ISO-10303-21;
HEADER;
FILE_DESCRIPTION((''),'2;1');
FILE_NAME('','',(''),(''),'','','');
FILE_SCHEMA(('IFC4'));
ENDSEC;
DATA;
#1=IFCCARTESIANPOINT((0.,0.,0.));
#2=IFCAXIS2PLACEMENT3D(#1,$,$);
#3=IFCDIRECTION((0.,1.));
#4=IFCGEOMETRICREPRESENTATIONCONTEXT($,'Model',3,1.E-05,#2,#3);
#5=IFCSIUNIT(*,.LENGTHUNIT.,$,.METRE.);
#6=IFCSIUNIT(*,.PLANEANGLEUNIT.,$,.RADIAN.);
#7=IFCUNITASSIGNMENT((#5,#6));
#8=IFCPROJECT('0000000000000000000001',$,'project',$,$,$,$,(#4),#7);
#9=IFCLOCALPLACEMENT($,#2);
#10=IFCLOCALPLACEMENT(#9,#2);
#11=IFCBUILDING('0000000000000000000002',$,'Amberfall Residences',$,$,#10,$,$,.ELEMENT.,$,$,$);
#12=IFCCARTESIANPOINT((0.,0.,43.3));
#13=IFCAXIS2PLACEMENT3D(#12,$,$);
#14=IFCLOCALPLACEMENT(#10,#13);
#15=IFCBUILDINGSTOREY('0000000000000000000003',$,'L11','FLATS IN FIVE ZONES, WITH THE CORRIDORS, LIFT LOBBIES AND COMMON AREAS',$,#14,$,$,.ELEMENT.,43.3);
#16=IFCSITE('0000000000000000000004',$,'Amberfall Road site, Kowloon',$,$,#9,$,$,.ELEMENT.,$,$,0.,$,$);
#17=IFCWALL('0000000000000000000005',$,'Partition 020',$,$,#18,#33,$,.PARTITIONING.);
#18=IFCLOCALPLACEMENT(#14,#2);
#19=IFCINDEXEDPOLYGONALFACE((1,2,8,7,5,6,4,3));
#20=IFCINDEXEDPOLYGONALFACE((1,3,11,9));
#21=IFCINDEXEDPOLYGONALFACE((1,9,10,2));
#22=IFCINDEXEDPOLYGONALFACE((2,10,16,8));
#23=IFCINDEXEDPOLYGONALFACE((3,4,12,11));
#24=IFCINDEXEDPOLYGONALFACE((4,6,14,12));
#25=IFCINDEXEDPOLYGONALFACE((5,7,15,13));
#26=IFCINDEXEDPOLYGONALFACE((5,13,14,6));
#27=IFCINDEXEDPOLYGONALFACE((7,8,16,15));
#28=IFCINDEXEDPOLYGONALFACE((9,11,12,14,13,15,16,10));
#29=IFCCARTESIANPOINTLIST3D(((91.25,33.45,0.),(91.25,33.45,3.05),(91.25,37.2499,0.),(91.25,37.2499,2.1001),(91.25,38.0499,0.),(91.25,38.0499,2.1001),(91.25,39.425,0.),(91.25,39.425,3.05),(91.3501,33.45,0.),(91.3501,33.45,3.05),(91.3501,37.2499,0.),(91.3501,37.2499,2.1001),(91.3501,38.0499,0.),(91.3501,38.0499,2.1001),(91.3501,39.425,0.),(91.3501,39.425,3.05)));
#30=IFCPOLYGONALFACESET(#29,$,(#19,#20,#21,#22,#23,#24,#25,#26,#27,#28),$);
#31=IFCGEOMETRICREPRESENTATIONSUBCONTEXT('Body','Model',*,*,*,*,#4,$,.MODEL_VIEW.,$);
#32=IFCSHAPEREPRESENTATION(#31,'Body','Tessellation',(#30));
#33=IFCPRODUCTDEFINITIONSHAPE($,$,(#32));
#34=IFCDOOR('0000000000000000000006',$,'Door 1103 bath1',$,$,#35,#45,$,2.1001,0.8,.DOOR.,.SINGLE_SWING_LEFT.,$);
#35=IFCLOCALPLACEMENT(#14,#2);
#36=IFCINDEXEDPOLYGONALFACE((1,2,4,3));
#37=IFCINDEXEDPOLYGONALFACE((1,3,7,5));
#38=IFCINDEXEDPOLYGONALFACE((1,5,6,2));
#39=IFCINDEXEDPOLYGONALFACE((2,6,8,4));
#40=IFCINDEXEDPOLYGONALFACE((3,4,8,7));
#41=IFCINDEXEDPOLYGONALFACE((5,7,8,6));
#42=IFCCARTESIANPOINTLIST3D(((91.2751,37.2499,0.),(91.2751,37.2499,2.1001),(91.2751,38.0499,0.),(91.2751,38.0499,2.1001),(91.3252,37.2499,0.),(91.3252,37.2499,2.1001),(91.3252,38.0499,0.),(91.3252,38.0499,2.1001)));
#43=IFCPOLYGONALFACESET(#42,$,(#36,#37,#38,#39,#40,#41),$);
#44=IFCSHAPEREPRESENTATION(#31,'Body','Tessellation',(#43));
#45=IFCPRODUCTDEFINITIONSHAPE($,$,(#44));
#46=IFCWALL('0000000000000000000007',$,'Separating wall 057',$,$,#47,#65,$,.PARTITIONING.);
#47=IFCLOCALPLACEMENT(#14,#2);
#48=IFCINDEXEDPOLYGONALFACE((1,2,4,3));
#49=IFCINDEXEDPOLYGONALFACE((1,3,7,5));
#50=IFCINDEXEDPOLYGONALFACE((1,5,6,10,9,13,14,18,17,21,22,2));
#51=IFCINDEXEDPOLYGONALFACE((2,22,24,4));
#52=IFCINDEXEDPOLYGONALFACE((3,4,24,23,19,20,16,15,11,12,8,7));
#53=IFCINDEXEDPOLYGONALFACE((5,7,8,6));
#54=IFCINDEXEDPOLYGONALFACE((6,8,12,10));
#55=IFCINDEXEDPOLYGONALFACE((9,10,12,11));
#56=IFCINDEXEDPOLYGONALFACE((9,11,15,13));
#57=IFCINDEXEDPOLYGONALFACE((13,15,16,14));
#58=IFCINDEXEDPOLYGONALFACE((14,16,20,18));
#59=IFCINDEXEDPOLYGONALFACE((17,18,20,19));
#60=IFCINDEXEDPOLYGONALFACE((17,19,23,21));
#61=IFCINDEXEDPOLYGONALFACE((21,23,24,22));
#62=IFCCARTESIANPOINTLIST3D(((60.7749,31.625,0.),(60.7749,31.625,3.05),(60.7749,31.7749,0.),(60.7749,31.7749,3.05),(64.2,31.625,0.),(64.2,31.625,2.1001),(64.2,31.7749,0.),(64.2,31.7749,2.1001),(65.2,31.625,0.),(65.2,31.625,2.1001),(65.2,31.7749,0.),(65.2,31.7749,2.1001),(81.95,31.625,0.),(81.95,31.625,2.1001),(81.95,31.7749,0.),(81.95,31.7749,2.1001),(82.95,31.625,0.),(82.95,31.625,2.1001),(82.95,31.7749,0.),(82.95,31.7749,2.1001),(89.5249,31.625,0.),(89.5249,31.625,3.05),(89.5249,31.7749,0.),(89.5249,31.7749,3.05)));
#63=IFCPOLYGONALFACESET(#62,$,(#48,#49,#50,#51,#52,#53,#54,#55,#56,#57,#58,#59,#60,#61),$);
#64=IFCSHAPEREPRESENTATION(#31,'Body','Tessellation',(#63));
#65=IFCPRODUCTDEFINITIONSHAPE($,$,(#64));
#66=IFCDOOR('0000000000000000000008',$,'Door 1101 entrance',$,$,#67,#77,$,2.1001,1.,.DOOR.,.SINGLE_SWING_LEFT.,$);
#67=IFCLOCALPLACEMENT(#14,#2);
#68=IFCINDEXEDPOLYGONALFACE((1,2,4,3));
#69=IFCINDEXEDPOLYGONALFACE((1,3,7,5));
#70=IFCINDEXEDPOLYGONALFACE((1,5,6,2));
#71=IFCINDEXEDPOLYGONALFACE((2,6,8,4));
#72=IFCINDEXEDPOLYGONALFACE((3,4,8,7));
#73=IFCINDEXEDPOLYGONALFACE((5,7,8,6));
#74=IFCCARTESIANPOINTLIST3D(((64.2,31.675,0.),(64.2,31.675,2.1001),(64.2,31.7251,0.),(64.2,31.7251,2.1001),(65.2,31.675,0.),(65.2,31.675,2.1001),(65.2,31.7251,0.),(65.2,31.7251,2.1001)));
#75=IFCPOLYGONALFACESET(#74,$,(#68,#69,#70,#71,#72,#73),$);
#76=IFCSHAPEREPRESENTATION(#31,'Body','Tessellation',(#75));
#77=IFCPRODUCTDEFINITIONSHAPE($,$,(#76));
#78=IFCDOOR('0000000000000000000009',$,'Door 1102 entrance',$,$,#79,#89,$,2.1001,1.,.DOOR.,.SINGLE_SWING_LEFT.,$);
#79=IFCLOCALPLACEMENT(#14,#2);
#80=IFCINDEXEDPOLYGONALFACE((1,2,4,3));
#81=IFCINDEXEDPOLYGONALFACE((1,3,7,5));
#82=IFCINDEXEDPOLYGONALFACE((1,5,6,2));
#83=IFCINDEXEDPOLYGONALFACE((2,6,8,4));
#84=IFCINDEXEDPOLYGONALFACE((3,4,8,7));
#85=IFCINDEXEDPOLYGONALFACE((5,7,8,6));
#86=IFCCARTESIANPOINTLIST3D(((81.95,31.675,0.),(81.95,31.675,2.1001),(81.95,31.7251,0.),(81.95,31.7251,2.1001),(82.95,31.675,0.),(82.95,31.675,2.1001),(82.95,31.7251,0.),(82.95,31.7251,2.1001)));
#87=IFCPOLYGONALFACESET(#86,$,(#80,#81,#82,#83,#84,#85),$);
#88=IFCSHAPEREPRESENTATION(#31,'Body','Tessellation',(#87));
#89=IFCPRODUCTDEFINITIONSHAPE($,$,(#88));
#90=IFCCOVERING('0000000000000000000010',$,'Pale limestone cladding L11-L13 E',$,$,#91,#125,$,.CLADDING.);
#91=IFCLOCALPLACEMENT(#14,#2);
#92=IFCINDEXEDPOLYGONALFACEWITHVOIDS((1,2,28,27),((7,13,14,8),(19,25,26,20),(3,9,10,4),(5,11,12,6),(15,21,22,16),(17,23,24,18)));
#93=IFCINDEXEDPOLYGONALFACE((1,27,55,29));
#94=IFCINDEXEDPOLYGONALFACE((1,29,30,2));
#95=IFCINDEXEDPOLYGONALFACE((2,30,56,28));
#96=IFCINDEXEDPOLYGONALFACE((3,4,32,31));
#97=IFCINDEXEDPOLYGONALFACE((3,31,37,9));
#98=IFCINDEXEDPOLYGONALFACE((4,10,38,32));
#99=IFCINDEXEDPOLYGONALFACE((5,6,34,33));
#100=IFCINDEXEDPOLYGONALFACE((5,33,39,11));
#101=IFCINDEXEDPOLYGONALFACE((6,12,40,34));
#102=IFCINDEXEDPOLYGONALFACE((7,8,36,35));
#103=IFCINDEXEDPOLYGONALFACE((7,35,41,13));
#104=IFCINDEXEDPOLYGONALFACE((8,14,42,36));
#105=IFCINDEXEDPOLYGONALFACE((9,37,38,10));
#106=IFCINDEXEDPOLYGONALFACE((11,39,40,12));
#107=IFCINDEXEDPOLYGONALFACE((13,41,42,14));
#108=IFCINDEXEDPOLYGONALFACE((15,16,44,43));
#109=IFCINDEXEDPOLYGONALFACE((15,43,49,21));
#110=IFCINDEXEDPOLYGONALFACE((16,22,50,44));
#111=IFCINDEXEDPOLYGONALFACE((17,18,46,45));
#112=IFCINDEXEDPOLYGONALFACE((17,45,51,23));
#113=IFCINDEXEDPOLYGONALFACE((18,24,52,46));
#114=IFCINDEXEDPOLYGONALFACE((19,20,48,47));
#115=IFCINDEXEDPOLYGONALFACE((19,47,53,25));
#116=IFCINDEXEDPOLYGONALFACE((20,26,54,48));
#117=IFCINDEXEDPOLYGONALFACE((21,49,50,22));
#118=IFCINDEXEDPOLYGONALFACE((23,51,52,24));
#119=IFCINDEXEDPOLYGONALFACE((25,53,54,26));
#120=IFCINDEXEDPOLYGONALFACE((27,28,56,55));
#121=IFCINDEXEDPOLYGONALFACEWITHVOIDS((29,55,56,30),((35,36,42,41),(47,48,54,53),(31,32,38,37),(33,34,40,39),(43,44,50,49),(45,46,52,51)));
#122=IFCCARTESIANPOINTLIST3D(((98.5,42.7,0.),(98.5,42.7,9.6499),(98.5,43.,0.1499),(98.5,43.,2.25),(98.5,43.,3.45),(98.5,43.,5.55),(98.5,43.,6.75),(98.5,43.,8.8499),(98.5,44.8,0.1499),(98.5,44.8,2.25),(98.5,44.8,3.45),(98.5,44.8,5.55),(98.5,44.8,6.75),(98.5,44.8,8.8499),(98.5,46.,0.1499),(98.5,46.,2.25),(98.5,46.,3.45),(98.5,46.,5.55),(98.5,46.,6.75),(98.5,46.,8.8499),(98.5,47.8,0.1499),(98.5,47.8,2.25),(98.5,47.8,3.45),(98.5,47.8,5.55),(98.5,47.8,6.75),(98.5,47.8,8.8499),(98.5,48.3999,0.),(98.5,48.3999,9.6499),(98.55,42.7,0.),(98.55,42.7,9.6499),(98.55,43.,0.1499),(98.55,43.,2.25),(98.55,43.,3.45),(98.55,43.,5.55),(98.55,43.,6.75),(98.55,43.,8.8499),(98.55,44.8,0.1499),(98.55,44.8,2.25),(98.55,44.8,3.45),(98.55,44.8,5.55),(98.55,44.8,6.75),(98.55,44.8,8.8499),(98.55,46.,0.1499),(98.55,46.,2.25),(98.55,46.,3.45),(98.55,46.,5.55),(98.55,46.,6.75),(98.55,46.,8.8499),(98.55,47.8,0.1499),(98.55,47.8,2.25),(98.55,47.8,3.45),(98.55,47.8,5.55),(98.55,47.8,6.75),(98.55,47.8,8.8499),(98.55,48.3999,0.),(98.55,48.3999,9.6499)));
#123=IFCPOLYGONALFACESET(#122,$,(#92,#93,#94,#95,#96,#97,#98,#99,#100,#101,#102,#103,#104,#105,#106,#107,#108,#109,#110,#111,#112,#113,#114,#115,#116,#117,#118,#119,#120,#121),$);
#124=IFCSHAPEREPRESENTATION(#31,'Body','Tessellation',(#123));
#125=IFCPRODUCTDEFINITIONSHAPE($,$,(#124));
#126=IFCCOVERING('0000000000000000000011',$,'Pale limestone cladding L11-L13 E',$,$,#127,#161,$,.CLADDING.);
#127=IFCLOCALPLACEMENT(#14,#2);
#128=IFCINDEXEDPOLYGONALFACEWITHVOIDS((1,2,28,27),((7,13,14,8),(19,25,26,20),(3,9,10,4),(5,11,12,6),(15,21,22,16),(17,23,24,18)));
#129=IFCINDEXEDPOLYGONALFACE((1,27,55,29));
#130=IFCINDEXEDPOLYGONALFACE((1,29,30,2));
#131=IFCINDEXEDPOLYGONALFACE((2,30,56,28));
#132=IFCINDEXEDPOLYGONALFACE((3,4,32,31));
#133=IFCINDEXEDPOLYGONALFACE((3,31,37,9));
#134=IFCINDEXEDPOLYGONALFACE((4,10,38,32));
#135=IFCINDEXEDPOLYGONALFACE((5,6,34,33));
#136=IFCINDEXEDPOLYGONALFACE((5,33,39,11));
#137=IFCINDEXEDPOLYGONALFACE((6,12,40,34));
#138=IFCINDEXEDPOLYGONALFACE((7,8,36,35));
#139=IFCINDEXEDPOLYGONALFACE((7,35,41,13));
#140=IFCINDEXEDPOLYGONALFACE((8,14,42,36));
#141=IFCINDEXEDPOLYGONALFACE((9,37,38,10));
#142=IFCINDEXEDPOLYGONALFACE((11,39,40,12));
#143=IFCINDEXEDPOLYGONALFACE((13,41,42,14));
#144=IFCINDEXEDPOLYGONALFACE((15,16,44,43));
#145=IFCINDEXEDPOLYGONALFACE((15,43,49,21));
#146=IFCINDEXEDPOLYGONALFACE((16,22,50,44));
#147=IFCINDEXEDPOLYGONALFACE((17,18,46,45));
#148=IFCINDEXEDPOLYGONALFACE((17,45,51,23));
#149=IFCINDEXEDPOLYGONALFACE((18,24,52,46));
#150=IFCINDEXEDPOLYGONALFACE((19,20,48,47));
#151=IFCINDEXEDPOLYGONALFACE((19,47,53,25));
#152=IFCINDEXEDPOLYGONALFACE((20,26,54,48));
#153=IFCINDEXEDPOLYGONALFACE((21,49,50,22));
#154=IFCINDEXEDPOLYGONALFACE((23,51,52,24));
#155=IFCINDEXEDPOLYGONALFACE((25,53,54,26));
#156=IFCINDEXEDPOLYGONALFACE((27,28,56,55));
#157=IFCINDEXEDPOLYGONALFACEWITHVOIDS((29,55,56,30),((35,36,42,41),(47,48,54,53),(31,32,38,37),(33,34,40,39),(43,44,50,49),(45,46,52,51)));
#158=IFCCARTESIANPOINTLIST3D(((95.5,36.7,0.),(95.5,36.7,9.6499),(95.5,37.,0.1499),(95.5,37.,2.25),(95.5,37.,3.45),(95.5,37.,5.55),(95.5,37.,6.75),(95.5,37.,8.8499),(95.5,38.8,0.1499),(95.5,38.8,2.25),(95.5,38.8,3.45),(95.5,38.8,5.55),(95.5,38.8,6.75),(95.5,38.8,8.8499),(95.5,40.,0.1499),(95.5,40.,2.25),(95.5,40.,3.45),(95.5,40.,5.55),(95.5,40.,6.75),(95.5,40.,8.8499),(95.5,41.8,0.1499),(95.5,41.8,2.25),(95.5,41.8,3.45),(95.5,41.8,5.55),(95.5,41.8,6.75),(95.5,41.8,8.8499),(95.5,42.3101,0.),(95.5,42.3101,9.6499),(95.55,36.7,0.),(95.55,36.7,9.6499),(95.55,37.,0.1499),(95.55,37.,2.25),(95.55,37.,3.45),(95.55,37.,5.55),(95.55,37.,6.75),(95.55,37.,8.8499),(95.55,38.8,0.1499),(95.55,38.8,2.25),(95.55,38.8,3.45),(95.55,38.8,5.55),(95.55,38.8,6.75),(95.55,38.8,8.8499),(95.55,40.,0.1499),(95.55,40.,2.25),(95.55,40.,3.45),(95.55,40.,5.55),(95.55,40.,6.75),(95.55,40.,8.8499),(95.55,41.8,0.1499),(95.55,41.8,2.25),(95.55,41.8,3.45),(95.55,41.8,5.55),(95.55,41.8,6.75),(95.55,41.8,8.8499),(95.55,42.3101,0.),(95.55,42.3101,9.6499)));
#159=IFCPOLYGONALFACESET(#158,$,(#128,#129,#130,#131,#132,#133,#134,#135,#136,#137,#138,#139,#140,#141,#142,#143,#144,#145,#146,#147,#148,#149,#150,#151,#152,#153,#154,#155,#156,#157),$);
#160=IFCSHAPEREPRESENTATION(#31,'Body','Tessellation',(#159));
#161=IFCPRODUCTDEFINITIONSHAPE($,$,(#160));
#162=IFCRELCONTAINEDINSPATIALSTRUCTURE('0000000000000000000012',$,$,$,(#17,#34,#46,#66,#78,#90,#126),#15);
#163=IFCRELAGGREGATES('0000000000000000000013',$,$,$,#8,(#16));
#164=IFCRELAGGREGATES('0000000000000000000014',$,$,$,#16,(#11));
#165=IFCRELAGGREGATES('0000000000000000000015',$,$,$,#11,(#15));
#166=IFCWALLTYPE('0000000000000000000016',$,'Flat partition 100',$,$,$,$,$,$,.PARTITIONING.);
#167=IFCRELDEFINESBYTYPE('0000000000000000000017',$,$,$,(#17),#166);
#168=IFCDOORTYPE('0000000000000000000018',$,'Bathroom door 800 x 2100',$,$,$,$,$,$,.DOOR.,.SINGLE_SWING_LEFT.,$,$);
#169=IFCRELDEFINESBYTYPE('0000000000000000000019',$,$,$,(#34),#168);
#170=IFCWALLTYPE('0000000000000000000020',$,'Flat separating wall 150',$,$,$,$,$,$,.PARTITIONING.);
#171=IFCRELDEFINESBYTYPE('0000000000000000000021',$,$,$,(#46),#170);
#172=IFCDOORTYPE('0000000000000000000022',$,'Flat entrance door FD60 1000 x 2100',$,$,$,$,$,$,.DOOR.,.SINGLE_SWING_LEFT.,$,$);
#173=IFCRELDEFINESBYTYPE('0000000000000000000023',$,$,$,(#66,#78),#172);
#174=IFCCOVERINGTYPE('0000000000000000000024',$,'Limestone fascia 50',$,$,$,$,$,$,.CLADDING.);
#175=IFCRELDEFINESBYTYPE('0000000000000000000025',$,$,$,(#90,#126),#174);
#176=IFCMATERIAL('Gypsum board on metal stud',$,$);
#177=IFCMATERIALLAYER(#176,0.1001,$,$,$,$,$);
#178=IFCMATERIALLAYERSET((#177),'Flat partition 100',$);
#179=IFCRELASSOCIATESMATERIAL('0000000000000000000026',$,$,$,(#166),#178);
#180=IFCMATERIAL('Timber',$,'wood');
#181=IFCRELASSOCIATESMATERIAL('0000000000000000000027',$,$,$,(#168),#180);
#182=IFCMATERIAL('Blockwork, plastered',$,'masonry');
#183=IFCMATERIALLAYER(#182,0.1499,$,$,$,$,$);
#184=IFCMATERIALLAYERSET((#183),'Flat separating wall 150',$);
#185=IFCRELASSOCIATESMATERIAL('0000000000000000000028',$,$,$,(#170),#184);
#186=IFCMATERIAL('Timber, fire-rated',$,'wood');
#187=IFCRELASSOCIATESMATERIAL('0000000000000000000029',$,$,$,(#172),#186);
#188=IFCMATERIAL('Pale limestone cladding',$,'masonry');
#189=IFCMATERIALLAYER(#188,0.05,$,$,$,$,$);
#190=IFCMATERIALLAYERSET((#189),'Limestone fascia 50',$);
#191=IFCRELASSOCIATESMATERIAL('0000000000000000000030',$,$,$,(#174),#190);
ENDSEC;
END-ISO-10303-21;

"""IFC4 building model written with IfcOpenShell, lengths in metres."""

from ifc_helpers import new_model, si_unit, direction, frame, frame_2d, origin, place, context, subcontext, project, spatial, polyline, rectangle, outline, extrude, material, layer, layer_set, type_object, element, fill, save


model = new_model("IFC4")

# Units and contexts
model_context = context("Model", 3, precision=1e-05, world=origin(), true_north=direction((0.0, 1.0)))
body_context = subcontext(model_context, "Body", "Model", "MODEL_VIEW")
ifc_project = project(units=[si_unit("LENGTHUNIT", "METRE"), si_unit("PLANEANGLEUNIT", "RADIAN")], contexts=[model_context])

# Site, building, storey
site_placement = place(None, origin())
site = spatial("IfcSite", under=ifc_project, at=site_placement, Name="Amberfall Road site, Kowloon", CompositionType="ELEMENT", RefElevation=0.0)
building_placement = place(site_placement, origin())
building = spatial("IfcBuilding", under=site, at=building_placement, Name="Amberfall Residences", CompositionType="ELEMENT")
storey_placement = place(building_placement, frame((0.0, 0.0, 43.3)))
storey = spatial("IfcBuildingStorey", under=building, at=storey_placement, Name="L11", Description="FLATS IN FIVE ZONES, WITH THE CORRIDORS, LIFT LOBBIES AND COMMON AREAS", CompositionType="ELEMENT", Elevation=43.3)

# Wall, opening, door
ifc_material_1 = material(Name="Gypsum board on metal stud")
ifc_layer_1 = layer(ifc_material_1, 0.1001)
ifc_layer_set_1 = layer_set([ifc_layer_1], Name="Flat partition 100")
wall_type_1 = type_object("IfcWallType", Name="Flat partition 100", PredefinedType="PARTITIONING", material=ifc_layer_set_1)
wall_1_placement = place(storey_placement, frame((91.3, 33.45, 0.0), z_axis=(0.0, 0.0, 1.0), x_axis=(0.0, 1.0, 0.0)))
wall_1 = element("IfcWall", 1, at=wall_1_placement, inside=storey, type_object=wall_type_1, Name="Partition 020", PredefinedType="PARTITIONING", context=body_context, shape_type="SweptSolid", body=[
    extrude(rectangle(XDim=5.9751, YDim=0.1001, at=frame_2d((2.9875, 0.0))), origin(), (0.0, 0.0, 1.0), 3.05),
])
opening_1_placement = place(wall_1_placement, frame((3.8, 0.0, 0.0)))
opening_1 = element("IfcOpeningElement", 2, at=opening_1_placement, cuts=wall_1, PredefinedType="OPENING", context=body_context, shape_type="SweptSolid", body=[
    extrude(rectangle(XDim=0.8, YDim=2.1001, at=frame_2d((0.3999, 1.05))), frame((0.0, 0.0601, 0.0), z_axis=(0.0, -1.0, 0.0), x_axis=(1.0, 0.0, 0.0)), (0.0, 0.0, 1.0), 0.1201),
])
ifc_material_2 = material(Name="Timber", Category="wood")
door_type_1 = type_object("IfcDoorType", Name="Bathroom door 800 x 2100", OperationType="SINGLE_SWING_LEFT", PredefinedType="DOOR", material=ifc_material_2)
door_1_placement = place(opening_1_placement, origin())
door_1 = element("IfcDoor", 3, at=door_1_placement, inside=storey, type_object=door_type_1, Name="Door 1103 bath1", OperationType="SINGLE_SWING_LEFT", OverallHeight=2.1001, OverallWidth=0.8, PredefinedType="DOOR", context=body_context, shape_type="SweptSolid", body=[
    extrude(rectangle(XDim=0.8, YDim=2.1001, at=frame_2d((0.3999, 1.05))), frame((0.0, 0.0249, 0.0), z_axis=(0.0, -1.0, 0.0), x_axis=(1.0, 0.0, 0.0)), (0.0, 0.0, 1.0), 0.05),
])
fill(opening_1, door_1)

# Wall, openings, doors
ifc_material_3 = material(Name="Blockwork, plastered", Category="masonry")
ifc_layer_2 = layer(ifc_material_3, 0.1499)
ifc_layer_set_2 = layer_set([ifc_layer_2], Name="Flat separating wall 150")
wall_type_2 = type_object("IfcWallType", Name="Flat separating wall 150", PredefinedType="PARTITIONING", material=ifc_layer_set_2)
wall_2_placement = place(storey_placement, frame((89.5249, 31.7, 0.0), z_axis=(0.0, 0.0, 1.0), x_axis=(-1.0, 0.0, 0.0)))
wall_2 = element("IfcWall", 4, at=wall_2_placement, inside=storey, type_object=wall_type_2, Name="Separating wall 057", PredefinedType="PARTITIONING", context=body_context, shape_type="SweptSolid", body=[
    extrude(rectangle(XDim=28.75, YDim=0.1499, at=frame_2d((14.375, 0.0))), origin(), (0.0, 0.0, 1.0), 3.05),
])
opening_2_placement = place(wall_2_placement, frame((24.325, 0.0, 0.0)))
opening_2 = element("IfcOpeningElement", 5, at=opening_2_placement, cuts=wall_2, PredefinedType="OPENING", context=body_context, shape_type="SweptSolid", body=[
    extrude(rectangle(XDim=1.0, YDim=2.1001, at=frame_2d((0.5, 1.05))), frame((0.0, 0.085, 0.0), z_axis=(0.0, -1.0, 0.0), x_axis=(1.0, 0.0, 0.0)), (0.0, 0.0, 1.0), 0.1699),
])
opening_3_placement = place(wall_2_placement, frame((6.575, 0.0, 0.0)))
opening_3 = element("IfcOpeningElement", 6, at=opening_3_placement, cuts=wall_2, PredefinedType="OPENING", context=body_context, shape_type="SweptSolid", body=[
    extrude(rectangle(XDim=1.0, YDim=2.1001, at=frame_2d((0.5, 1.05))), frame((0.0, 0.085, 0.0), z_axis=(0.0, -1.0, 0.0), x_axis=(1.0, 0.0, 0.0)), (0.0, 0.0, 1.0), 0.1699),
])
ifc_material_4 = material(Name="Timber, fire-rated", Category="wood")
door_type_2 = type_object("IfcDoorType", Name="Flat entrance door FD60 1000 x 2100", OperationType="SINGLE_SWING_LEFT", PredefinedType="DOOR", material=ifc_material_4)
door_2_placement = place(opening_2_placement, origin())
door_2 = element("IfcDoor", 7, at=door_2_placement, inside=storey, type_object=door_type_2, Name="Door 1101 entrance", OperationType="SINGLE_SWING_LEFT", OverallHeight=2.1001, OverallWidth=1.0, PredefinedType="DOOR", context=body_context, shape_type="SweptSolid", body=[
    extrude(rectangle(XDim=1.0, YDim=2.1001, at=frame_2d((0.5, 1.05))), frame((0.0, 0.0249, 0.0), z_axis=(0.0, -1.0, 0.0), x_axis=(1.0, 0.0, 0.0)), (0.0, 0.0, 1.0), 0.05),
])
fill(opening_2, door_2)
door_3_placement = place(opening_3_placement, origin())
door_3 = element("IfcDoor", 8, at=door_3_placement, inside=storey, type_object=door_type_2, Name="Door 1102 entrance", OperationType="SINGLE_SWING_LEFT", OverallHeight=2.1001, OverallWidth=1.0, PredefinedType="DOOR", context=body_context, shape_type="SweptSolid", body=[
    extrude(rectangle(XDim=1.0, YDim=2.1001, at=frame_2d((0.5, 1.05))), frame((0.0, 0.0249, 0.0), z_axis=(0.0, -1.0, 0.0), x_axis=(1.0, 0.0, 0.0)), (0.0, 0.0, 1.0), 0.05),
])
fill(opening_3, door_3)

# Coverings
ifc_material_5 = material(Name="Pale limestone cladding", Category="masonry")
ifc_layer_3 = layer(ifc_material_5, 0.05)
ifc_layer_set_3 = layer_set([ifc_layer_3], Name="Limestone fascia 50")
covering_type = type_object("IfcCoveringType", Name="Limestone fascia 50", PredefinedType="CLADDING", material=ifc_layer_set_3)
covering_1_placement = place(storey_placement, frame((98.5, 42.7, 9.6499), z_axis=(-1.0, 0.0, 0.0), x_axis=(0.0, 1.0, 0.0)))
element("IfcCovering", 9, at=covering_1_placement, inside=storey, type_object=covering_type, Name="Pale limestone cladding L11-L13 E", PredefinedType="CLADDING", context=body_context, shape_type="SweptSolid", body=[
    extrude(outline(polyline([(0.0, 0.0), (5.7, 0.0), (5.7, 9.6499), (0.0, 9.6499), (0.0, 0.0)]), holes=[polyline([(0.3, 7.3999), (2.1001, 7.3999), (2.1001, 9.5), (0.3, 9.5), (0.3, 7.3999)]), polyline([(3.3, 7.3999), (5.1001, 7.3999), (5.1001, 9.5), (3.3, 9.5), (3.3, 7.3999)]), polyline([(0.3, 4.0999), (2.1001, 4.0999), (2.1001, 6.2), (0.3, 6.2), (0.3, 4.0999)]), polyline([(3.3, 4.0999), (5.1001, 4.0999), (5.1001, 6.2), (3.3, 6.2), (3.3, 4.0999)]), polyline([(0.3, 0.8), (2.1001, 0.8), (2.1001, 2.8999), (0.3, 2.8999), (0.3, 0.8)]), polyline([(3.3, 0.8), (5.1001, 0.8), (5.1001, 2.8999), (3.3, 2.8999), (3.3, 0.8)])]), origin(), (0.0, 0.0, -1.0), 0.05),
])
covering_2_placement = place(storey_placement, frame((95.5, 36.7, 9.6499), z_axis=(-1.0, 0.0, 0.0), x_axis=(0.0, 1.0, 0.0)))
element("IfcCovering", 10, at=covering_2_placement, inside=storey, type_object=covering_type, Name="Pale limestone cladding L11-L13 E", PredefinedType="CLADDING", context=body_context, shape_type="SweptSolid", body=[
    extrude(outline(polyline([(0.0, 0.0), (5.6101, 0.0), (5.6101, 9.6499), (0.0, 9.6499), (0.0, 0.0)]), holes=[polyline([(0.3, 7.3999), (2.1001, 7.3999), (2.1001, 9.5), (0.3, 9.5), (0.3, 7.3999)]), polyline([(3.3, 7.3999), (5.1001, 7.3999), (5.1001, 9.5), (3.3, 9.5), (3.3, 7.3999)]), polyline([(0.3, 4.0999), (2.1001, 4.0999), (2.1001, 6.2), (0.3, 6.2), (0.3, 4.0999)]), polyline([(3.3, 4.0999), (5.1001, 4.0999), (5.1001, 6.2), (3.3, 6.2), (3.3, 4.0999)]), polyline([(0.3, 0.8), (2.1001, 0.8), (2.1001, 2.8999), (0.3, 2.8999), (0.3, 0.8)]), polyline([(3.3, 0.8), (5.1001, 0.8), (5.1001, 2.8999), (3.3, 2.8999), (3.3, 0.8)])]), origin(), (0.0, 0.0, -1.0), 0.05),
])

save(model, "model.ifc")
